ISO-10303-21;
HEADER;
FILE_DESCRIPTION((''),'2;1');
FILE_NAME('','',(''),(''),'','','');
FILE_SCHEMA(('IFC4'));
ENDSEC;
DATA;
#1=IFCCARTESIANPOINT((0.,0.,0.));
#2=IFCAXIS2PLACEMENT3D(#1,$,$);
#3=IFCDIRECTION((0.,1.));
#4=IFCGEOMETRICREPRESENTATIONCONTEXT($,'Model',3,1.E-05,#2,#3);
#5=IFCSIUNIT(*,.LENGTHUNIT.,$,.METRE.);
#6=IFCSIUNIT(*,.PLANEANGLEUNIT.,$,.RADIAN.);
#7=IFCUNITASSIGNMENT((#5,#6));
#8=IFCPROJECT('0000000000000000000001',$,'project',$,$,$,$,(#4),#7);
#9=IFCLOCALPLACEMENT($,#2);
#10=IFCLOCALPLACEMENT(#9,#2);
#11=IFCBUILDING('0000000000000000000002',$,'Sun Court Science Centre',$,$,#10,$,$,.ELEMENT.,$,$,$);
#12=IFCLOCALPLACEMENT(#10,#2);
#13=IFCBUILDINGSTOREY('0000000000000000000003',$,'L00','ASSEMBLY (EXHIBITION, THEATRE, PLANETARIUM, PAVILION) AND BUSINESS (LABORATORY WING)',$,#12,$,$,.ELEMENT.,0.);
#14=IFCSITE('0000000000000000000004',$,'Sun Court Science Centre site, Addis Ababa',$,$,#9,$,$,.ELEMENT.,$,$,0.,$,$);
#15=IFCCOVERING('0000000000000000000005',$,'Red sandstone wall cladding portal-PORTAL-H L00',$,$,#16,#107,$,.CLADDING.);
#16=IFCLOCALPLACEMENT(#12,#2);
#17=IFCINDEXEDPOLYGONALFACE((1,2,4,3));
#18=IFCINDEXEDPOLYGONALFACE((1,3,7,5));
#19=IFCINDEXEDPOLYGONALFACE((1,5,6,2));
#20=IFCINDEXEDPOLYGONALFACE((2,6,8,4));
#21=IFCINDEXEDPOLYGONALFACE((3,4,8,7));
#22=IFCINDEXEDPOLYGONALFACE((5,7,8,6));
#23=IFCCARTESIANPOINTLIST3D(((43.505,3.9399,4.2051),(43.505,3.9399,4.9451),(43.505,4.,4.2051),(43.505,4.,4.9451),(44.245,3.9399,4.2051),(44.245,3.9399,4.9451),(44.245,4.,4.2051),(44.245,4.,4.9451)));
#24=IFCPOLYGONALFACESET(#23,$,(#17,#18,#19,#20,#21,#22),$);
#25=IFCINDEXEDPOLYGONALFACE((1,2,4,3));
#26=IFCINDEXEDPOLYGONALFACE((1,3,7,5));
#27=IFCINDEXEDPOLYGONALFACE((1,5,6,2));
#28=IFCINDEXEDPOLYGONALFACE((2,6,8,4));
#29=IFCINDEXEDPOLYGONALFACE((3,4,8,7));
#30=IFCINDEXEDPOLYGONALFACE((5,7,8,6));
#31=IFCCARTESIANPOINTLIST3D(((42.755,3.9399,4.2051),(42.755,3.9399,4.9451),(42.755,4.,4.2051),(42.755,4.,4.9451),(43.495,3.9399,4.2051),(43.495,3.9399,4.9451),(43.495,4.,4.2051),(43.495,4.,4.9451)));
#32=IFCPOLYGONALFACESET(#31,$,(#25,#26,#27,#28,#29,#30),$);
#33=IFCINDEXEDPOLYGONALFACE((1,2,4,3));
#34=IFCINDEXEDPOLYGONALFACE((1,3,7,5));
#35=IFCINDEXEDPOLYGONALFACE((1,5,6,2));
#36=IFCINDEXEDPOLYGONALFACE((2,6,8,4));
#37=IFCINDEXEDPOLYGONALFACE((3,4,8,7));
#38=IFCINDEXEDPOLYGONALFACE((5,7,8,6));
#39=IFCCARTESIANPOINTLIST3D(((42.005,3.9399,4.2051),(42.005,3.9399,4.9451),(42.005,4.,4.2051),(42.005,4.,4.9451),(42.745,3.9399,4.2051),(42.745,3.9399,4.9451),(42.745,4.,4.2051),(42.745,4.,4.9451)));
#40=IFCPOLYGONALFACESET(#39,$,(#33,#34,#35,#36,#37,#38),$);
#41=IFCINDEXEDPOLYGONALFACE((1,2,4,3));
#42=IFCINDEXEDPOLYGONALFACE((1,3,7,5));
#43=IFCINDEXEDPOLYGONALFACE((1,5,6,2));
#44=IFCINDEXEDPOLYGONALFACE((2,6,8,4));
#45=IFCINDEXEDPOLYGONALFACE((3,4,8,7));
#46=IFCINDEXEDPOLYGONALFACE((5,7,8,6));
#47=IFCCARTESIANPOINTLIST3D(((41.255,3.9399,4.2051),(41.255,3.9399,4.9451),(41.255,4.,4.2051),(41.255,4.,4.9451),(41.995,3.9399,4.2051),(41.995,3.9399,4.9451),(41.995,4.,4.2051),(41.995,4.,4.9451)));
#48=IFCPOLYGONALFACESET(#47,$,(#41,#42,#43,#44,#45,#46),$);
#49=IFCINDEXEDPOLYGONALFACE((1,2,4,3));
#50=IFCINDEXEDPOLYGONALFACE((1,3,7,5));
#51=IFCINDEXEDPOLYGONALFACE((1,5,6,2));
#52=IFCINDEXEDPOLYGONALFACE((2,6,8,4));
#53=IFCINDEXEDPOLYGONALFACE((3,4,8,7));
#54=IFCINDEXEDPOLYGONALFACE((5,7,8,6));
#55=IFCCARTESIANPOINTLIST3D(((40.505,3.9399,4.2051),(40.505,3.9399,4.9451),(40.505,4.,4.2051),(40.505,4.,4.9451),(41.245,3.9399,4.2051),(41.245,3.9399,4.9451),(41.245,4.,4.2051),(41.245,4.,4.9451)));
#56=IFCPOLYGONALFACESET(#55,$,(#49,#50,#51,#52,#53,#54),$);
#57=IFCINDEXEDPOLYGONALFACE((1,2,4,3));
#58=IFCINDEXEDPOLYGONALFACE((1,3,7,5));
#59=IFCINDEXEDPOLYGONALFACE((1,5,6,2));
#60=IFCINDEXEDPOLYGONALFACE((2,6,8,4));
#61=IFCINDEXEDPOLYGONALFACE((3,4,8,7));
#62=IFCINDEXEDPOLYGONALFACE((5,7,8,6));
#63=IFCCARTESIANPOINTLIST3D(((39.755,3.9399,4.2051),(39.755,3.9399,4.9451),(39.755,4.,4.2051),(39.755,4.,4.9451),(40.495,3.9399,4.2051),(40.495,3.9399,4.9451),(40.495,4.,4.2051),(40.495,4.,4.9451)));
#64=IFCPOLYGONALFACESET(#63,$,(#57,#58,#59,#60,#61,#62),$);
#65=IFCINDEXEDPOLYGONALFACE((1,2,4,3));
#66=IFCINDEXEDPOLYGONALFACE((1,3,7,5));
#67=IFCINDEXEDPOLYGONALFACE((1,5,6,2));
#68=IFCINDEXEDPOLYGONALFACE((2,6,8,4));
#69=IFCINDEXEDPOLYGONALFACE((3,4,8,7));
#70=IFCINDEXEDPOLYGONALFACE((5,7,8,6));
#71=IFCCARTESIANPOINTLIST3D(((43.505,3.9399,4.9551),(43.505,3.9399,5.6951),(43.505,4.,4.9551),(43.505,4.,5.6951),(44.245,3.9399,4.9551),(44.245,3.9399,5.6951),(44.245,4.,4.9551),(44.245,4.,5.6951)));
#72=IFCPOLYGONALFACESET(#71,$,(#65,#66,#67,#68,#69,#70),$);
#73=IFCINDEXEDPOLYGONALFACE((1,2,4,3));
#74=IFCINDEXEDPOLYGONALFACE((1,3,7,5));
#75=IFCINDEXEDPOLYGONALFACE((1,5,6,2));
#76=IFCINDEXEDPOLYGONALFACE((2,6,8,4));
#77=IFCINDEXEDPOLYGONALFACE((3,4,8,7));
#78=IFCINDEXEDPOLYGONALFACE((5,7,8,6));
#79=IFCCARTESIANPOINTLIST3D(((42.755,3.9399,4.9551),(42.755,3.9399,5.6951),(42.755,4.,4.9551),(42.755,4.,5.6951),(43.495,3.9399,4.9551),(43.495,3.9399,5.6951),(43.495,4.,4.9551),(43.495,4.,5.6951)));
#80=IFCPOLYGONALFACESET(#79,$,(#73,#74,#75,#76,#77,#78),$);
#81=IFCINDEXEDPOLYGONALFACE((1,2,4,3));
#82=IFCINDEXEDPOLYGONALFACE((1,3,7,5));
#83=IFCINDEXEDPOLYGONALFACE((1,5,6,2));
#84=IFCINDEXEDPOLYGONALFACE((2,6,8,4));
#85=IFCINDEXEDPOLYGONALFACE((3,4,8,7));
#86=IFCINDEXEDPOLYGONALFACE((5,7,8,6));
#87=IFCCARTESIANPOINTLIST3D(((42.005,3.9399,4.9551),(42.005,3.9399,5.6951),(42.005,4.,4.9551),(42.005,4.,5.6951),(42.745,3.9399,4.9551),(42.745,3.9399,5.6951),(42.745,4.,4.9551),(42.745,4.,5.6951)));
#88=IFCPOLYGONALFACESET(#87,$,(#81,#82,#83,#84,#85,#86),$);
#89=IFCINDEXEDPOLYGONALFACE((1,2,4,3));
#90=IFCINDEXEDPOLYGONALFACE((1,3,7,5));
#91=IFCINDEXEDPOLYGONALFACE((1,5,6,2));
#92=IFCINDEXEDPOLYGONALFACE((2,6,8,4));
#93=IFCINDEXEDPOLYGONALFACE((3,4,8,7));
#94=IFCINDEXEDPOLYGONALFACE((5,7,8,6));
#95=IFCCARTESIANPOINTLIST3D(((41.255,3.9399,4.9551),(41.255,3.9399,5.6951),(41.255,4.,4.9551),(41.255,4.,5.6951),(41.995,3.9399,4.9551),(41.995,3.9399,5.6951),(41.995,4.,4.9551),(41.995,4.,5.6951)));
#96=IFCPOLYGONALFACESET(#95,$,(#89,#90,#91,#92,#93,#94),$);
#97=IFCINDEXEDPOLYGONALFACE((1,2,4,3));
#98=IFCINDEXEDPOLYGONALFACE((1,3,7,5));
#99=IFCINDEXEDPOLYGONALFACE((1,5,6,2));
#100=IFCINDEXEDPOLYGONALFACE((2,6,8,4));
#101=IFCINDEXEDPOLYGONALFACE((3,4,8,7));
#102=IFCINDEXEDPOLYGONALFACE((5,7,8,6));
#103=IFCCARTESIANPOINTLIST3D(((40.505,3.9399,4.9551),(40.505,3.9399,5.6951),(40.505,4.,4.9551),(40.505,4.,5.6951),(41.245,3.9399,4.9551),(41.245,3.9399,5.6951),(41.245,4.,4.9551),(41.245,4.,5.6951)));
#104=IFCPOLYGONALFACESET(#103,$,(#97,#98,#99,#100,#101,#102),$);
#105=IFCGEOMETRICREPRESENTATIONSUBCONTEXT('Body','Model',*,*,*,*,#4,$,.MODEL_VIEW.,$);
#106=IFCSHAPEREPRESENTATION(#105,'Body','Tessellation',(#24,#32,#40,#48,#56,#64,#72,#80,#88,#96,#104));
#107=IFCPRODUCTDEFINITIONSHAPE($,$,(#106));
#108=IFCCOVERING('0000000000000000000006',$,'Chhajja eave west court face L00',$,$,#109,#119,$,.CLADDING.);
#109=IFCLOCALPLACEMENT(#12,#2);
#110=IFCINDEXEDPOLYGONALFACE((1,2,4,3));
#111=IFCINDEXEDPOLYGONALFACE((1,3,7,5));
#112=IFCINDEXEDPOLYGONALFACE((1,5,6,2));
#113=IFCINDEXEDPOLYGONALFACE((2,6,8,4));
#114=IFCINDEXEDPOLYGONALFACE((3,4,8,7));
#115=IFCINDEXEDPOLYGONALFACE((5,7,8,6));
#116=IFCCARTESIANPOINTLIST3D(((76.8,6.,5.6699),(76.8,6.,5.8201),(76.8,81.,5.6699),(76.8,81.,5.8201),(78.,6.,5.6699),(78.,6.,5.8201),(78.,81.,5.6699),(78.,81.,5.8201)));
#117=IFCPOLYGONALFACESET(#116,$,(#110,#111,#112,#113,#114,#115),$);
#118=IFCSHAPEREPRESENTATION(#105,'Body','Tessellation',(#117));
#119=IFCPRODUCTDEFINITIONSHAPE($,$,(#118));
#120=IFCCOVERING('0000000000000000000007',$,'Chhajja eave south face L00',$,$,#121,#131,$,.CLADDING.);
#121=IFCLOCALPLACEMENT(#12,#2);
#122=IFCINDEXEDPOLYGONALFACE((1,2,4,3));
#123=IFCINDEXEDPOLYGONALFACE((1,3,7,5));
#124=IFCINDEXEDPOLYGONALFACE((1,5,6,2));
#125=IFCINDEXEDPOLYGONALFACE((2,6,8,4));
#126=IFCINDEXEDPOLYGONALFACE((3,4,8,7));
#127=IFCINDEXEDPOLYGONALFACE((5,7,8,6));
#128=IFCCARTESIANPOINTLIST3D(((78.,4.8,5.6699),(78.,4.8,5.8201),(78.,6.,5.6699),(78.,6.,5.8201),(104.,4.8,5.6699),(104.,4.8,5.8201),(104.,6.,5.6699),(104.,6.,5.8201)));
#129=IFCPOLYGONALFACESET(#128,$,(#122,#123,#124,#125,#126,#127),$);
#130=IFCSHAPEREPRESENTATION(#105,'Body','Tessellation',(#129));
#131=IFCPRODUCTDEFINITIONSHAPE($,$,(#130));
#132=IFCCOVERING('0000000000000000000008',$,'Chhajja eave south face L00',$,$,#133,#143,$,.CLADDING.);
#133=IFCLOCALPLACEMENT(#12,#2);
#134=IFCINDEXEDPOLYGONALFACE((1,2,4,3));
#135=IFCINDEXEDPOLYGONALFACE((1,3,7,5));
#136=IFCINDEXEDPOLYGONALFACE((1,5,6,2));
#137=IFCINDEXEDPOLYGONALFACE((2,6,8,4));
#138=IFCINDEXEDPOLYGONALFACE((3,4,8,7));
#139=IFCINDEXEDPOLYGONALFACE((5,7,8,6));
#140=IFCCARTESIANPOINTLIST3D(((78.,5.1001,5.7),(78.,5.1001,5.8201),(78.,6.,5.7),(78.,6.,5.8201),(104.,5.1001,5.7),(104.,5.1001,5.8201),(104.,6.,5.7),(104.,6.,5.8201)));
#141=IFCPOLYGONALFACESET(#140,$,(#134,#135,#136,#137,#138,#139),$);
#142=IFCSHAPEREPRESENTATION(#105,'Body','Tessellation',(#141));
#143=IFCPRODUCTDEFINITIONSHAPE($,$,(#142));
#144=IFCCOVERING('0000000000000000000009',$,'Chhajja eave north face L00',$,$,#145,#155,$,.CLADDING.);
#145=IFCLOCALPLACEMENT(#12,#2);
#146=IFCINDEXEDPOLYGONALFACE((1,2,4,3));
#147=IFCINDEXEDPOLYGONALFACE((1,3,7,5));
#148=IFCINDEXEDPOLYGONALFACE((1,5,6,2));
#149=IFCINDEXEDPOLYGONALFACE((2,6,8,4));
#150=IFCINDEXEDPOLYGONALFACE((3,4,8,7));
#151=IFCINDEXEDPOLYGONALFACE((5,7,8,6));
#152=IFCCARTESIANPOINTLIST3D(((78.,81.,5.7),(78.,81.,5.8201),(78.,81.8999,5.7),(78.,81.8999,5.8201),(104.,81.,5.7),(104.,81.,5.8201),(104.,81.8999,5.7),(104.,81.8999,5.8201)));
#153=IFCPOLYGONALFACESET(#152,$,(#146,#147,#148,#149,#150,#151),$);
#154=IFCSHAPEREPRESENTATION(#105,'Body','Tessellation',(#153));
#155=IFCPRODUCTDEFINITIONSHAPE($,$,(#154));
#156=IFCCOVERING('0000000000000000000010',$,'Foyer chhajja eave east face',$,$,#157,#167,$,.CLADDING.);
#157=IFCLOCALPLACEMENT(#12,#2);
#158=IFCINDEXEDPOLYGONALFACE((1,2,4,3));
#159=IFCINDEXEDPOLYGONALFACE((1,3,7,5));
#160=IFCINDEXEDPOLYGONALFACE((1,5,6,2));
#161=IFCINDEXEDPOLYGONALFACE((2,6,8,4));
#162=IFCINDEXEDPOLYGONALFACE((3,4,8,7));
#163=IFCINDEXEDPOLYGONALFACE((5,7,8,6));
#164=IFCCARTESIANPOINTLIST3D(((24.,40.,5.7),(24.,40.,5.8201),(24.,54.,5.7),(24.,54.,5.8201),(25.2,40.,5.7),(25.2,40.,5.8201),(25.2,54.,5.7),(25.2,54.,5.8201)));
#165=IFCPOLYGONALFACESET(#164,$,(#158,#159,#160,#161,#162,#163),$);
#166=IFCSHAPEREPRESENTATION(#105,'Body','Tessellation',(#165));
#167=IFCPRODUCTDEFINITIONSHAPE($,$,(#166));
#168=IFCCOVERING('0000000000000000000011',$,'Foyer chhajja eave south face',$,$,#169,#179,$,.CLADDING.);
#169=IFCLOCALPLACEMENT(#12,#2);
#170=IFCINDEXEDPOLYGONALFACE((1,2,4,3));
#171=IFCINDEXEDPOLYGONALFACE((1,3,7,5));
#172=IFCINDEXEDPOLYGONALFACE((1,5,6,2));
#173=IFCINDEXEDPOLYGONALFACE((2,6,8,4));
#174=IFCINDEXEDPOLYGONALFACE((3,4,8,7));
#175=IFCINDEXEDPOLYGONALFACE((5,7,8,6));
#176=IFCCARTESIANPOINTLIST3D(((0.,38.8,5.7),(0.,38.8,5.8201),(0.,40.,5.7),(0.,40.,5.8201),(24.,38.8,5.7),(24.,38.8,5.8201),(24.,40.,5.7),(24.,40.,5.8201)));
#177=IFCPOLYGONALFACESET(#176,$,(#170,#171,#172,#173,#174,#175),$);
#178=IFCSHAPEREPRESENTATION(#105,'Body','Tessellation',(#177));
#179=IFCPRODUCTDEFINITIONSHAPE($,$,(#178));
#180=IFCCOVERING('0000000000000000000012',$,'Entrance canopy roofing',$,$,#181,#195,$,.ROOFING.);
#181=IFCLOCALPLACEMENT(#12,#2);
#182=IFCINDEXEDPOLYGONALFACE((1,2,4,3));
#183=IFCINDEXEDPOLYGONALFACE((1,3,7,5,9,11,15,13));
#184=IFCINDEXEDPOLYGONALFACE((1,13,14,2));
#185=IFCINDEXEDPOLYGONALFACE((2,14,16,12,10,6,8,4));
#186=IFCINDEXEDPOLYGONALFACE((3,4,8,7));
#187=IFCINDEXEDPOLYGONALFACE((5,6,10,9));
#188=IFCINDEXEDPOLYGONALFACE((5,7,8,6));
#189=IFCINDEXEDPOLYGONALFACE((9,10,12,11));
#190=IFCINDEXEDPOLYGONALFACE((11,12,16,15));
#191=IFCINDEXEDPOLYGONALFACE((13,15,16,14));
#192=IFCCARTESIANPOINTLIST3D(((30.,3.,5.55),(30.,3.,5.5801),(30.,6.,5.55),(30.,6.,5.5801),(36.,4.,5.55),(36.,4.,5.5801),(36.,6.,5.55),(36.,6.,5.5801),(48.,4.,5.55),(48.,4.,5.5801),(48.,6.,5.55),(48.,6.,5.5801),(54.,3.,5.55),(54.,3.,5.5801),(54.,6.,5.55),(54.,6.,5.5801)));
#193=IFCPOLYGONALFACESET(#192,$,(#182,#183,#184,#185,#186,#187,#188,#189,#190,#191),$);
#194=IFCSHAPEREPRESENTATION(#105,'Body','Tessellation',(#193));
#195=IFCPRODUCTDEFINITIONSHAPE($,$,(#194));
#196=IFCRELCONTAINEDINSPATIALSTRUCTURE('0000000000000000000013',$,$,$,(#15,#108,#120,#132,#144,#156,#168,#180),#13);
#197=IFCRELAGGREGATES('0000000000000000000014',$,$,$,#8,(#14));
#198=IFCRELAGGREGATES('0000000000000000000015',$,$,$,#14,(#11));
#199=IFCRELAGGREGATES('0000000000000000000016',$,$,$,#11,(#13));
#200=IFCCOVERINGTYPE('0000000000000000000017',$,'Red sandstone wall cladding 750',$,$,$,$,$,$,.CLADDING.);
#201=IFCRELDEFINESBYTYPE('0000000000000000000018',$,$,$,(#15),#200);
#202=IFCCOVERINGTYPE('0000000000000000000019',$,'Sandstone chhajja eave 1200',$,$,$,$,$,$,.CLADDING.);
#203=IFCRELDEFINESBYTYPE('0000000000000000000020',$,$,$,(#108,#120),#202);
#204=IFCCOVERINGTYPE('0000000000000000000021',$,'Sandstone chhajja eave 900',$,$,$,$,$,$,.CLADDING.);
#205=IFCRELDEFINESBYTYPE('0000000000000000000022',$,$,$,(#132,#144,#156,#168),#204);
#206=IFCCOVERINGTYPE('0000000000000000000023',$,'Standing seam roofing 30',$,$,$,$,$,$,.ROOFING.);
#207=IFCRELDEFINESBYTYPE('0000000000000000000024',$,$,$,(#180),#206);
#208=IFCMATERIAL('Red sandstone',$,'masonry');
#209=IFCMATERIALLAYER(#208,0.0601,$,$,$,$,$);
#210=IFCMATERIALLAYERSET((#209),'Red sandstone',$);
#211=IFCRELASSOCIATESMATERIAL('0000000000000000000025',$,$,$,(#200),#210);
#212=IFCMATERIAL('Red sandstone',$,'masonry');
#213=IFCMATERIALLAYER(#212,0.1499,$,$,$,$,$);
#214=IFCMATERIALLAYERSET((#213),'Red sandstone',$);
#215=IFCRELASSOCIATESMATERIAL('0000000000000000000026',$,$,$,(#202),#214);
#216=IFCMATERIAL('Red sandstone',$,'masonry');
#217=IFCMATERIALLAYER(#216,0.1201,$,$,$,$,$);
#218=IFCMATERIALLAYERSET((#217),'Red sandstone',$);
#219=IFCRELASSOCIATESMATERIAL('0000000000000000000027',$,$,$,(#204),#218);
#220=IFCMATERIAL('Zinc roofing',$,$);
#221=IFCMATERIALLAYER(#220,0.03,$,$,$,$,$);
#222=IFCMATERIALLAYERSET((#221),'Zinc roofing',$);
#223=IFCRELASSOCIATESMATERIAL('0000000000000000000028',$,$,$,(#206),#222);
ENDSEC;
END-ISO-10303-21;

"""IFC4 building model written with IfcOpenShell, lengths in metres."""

from ifc_helpers import new_model, si_unit, direction, frame, origin, origin_2d, place, context, subcontext, project, spatial, polyline, rectangle, outline, extrude, material, layer, layer_set, type_object, element, save


model = new_model("IFC4")

# Units and contexts
model_context = context("Model", 3, precision=1e-05, world=origin(), true_north=direction((0.0, 1.0)))
body_context = subcontext(model_context, "Body", "Model", "MODEL_VIEW")
ifc_project = project(units=[si_unit("LENGTHUNIT", "METRE"), si_unit("PLANEANGLEUNIT", "RADIAN")], contexts=[model_context])

# Site, building, storey
site_placement = place(None, origin())
site = spatial("IfcSite", under=ifc_project, at=site_placement, Name="Sun Court Science Centre site, Addis Ababa", CompositionType="ELEMENT", RefElevation=0.0)
building_placement = place(site_placement, origin())
building = spatial("IfcBuilding", under=site, at=building_placement, Name="Sun Court Science Centre", CompositionType="ELEMENT")
storey_placement = place(building_placement, origin())
storey = spatial("IfcBuildingStorey", under=building, at=storey_placement, Name="L00", Description="ASSEMBLY (EXHIBITION, THEATRE, PLANETARIUM, PAVILION) AND BUSINESS (LABORATORY WING)", CompositionType="ELEMENT", Elevation=0.0)

# Coverings
ifc_material_1 = material(Name="Red sandstone", Category="masonry")
ifc_layer_1 = layer(ifc_material_1, 0.0601)
ifc_layer_set_1 = layer_set([ifc_layer_1], Name="Red sandstone")
covering_type_1 = type_object("IfcCoveringType", Name="Red sandstone wall cladding 750", PredefinedType="CLADDING", material=ifc_layer_set_1)
covering_1_placement = place(storey_placement, origin())
element("IfcCovering", 1, at=covering_1_placement, inside=storey, type_object=covering_type_1, Name="Red sandstone wall cladding portal-PORTAL-H L00", PredefinedType="CLADDING", context=body_context, shape_type="SweptSolid", body=[
    extrude(rectangle(XDim=0.74, YDim=0.0601, at=origin_2d()), frame((43.875, 3.97, 4.2051), z_axis=(0.0, 0.0, 1.0), x_axis=(-1.0, 0.0, 0.0)), (0.0, 0.0, 1.0), 0.74),
    extrude(rectangle(XDim=0.74, YDim=0.0601, at=origin_2d()), frame((43.125, 3.97, 4.2051), z_axis=(0.0, 0.0, 1.0), x_axis=(-1.0, 0.0, 0.0)), (0.0, 0.0, 1.0), 0.74),
    extrude(rectangle(XDim=0.74, YDim=0.0601, at=origin_2d()), frame((42.375, 3.97, 4.2051), z_axis=(0.0, 0.0, 1.0), x_axis=(-1.0, 0.0, 0.0)), (0.0, 0.0, 1.0), 0.74),
    extrude(rectangle(XDim=0.74, YDim=0.0601, at=origin_2d()), frame((41.625, 3.97, 4.2051), z_axis=(0.0, 0.0, 1.0), x_axis=(-1.0, 0.0, 0.0)), (0.0, 0.0, 1.0), 0.74),
    extrude(rectangle(XDim=0.74, YDim=0.0601, at=origin_2d()), frame((40.875, 3.97, 4.2051), z_axis=(0.0, 0.0, 1.0), x_axis=(-1.0, 0.0, 0.0)), (0.0, 0.0, 1.0), 0.74),
    extrude(rectangle(XDim=0.74, YDim=0.0601, at=origin_2d()), frame((40.125, 3.97, 4.2051), z_axis=(0.0, 0.0, 1.0), x_axis=(-1.0, 0.0, 0.0)), (0.0, 0.0, 1.0), 0.74),
    extrude(rectangle(XDim=0.74, YDim=0.0601, at=origin_2d()), frame((43.875, 3.97, 4.9551), z_axis=(0.0, 0.0, 1.0), x_axis=(-1.0, 0.0, 0.0)), (0.0, 0.0, 1.0), 0.74),
    extrude(rectangle(XDim=0.74, YDim=0.0601, at=origin_2d()), frame((43.125, 3.97, 4.9551), z_axis=(0.0, 0.0, 1.0), x_axis=(-1.0, 0.0, 0.0)), (0.0, 0.0, 1.0), 0.74),
    extrude(rectangle(XDim=0.74, YDim=0.0601, at=origin_2d()), frame((42.375, 3.97, 4.9551), z_axis=(0.0, 0.0, 1.0), x_axis=(-1.0, 0.0, 0.0)), (0.0, 0.0, 1.0), 0.74),
    extrude(rectangle(XDim=0.74, YDim=0.0601, at=origin_2d()), frame((41.625, 3.97, 4.9551), z_axis=(0.0, 0.0, 1.0), x_axis=(-1.0, 0.0, 0.0)), (0.0, 0.0, 1.0), 0.74),
    extrude(rectangle(XDim=0.74, YDim=0.0601, at=origin_2d()), frame((40.875, 3.97, 4.9551), z_axis=(0.0, 0.0, 1.0), x_axis=(-1.0, 0.0, 0.0)), (0.0, 0.0, 1.0), 0.74),
])
ifc_material_2 = material(Name="Red sandstone", Category="masonry")
ifc_layer_2 = layer(ifc_material_2, 0.1499)
ifc_layer_set_2 = layer_set([ifc_layer_2], Name="Red sandstone")
covering_type_2 = type_object("IfcCoveringType", Name="Sandstone chhajja eave 1200", PredefinedType="CLADDING", material=ifc_layer_set_2)
covering_2_placement = place(storey_placement, frame((0.0, 0.0, 5.6699)))
element("IfcCovering", 2, at=covering_2_placement, inside=storey, type_object=covering_type_2, Name="Chhajja eave west court face L00", PredefinedType="CLADDING", context=body_context, shape_type="SweptSolid", body=[
    extrude(outline(polyline([(76.8, 6.0), (78.0, 6.0), (78.0, 81.0), (76.8, 81.0), (76.8, 6.0)])), origin(), (0.0, 0.0, 1.0), 0.1501),
])
covering_3_placement = place(storey_placement, frame((0.0, 0.0, 5.6699)))
element("IfcCovering", 3, at=covering_3_placement, inside=storey, type_object=covering_type_2, Name="Chhajja eave south face L00", PredefinedType="CLADDING", context=body_context, shape_type="SweptSolid", body=[
    extrude(outline(polyline([(78.0, 6.0), (104.0, 6.0), (104.0, 4.8), (78.0, 4.8), (78.0, 6.0)])), origin(), (0.0, 0.0, 1.0), 0.1501),
])
ifc_material_3 = material(Name="Red sandstone", Category="masonry")
ifc_layer_3 = layer(ifc_material_3, 0.1201)
ifc_layer_set_3 = layer_set([ifc_layer_3], Name="Red sandstone")
covering_type_3 = type_object("IfcCoveringType", Name="Sandstone chhajja eave 900", PredefinedType="CLADDING", material=ifc_layer_set_3)
covering_4_placement = place(storey_placement, frame((0.0, 0.0, 5.7)))
element("IfcCovering", 4, at=covering_4_placement, inside=storey, type_object=covering_type_3, Name="Chhajja eave south face L00", PredefinedType="CLADDING", context=body_context, shape_type="SweptSolid", body=[
    extrude(outline(polyline([(104.0, 6.0), (78.0, 6.0), (78.0, 5.1001), (104.0, 5.1001), (104.0, 6.0)])), origin(), (0.0, 0.0, 1.0), 0.1201),
])
covering_5_placement = place(storey_placement, frame((0.0, 0.0, 5.7)))
element("IfcCovering", 5, at=covering_5_placement, inside=storey, type_object=covering_type_3, Name="Chhajja eave north face L00", PredefinedType="CLADDING", context=body_context, shape_type="SweptSolid", body=[
    extrude(outline(polyline([(78.0, 81.0), (104.0, 81.0), (104.0, 81.8999), (78.0, 81.8999), (78.0, 81.0)])), origin(), (0.0, 0.0, 1.0), 0.1201),
])
covering_6_placement = place(storey_placement, frame((0.0, 0.0, 5.7)))
element("IfcCovering", 6, at=covering_6_placement, inside=storey, type_object=covering_type_3, Name="Foyer chhajja eave east face", PredefinedType="CLADDING", context=body_context, shape_type="SweptSolid", body=[
    extrude(outline(polyline([(24.0, 54.0), (24.0, 40.0), (25.2, 40.0), (25.2, 54.0), (24.0, 54.0)])), origin(), (0.0, 0.0, 1.0), 0.1201),
])
covering_7_placement = place(storey_placement, frame((0.0, 0.0, 5.7)))
element("IfcCovering", 7, at=covering_7_placement, inside=storey, type_object=covering_type_3, Name="Foyer chhajja eave south face", PredefinedType="CLADDING", context=body_context, shape_type="SweptSolid", body=[
    extrude(outline(polyline([(24.0, 40.0), (0.0, 40.0), (0.0, 38.8), (24.0, 38.8), (24.0, 40.0)])), origin(), (0.0, 0.0, 1.0), 0.1201),
])
ifc_material_4 = material(Name="Zinc roofing")
ifc_layer_4 = layer(ifc_material_4, 0.03)
ifc_layer_set_4 = layer_set([ifc_layer_4], Name="Zinc roofing")
covering_type_4 = type_object("IfcCoveringType", Name="Standing seam roofing 30", PredefinedType="ROOFING", material=ifc_layer_set_4)
covering_8_placement = place(storey_placement, frame((0.0, 0.0, 5.55)))
element("IfcCovering", 8, at=covering_8_placement, inside=storey, type_object=covering_type_4, Name="Entrance canopy roofing", PredefinedType="ROOFING", context=body_context, shape_type="SweptSolid", body=[
    extrude(outline(polyline([(54.0, 6.0), (48.0, 6.0), (48.0, 4.0), (36.0, 4.0), (36.0, 6.0), (30.0, 6.0), (30.0, 3.0), (54.0, 3.0), (54.0, 6.0)])), origin(), (0.0, 0.0, 1.0), 0.03),
])

save(model, "model.ifc")
